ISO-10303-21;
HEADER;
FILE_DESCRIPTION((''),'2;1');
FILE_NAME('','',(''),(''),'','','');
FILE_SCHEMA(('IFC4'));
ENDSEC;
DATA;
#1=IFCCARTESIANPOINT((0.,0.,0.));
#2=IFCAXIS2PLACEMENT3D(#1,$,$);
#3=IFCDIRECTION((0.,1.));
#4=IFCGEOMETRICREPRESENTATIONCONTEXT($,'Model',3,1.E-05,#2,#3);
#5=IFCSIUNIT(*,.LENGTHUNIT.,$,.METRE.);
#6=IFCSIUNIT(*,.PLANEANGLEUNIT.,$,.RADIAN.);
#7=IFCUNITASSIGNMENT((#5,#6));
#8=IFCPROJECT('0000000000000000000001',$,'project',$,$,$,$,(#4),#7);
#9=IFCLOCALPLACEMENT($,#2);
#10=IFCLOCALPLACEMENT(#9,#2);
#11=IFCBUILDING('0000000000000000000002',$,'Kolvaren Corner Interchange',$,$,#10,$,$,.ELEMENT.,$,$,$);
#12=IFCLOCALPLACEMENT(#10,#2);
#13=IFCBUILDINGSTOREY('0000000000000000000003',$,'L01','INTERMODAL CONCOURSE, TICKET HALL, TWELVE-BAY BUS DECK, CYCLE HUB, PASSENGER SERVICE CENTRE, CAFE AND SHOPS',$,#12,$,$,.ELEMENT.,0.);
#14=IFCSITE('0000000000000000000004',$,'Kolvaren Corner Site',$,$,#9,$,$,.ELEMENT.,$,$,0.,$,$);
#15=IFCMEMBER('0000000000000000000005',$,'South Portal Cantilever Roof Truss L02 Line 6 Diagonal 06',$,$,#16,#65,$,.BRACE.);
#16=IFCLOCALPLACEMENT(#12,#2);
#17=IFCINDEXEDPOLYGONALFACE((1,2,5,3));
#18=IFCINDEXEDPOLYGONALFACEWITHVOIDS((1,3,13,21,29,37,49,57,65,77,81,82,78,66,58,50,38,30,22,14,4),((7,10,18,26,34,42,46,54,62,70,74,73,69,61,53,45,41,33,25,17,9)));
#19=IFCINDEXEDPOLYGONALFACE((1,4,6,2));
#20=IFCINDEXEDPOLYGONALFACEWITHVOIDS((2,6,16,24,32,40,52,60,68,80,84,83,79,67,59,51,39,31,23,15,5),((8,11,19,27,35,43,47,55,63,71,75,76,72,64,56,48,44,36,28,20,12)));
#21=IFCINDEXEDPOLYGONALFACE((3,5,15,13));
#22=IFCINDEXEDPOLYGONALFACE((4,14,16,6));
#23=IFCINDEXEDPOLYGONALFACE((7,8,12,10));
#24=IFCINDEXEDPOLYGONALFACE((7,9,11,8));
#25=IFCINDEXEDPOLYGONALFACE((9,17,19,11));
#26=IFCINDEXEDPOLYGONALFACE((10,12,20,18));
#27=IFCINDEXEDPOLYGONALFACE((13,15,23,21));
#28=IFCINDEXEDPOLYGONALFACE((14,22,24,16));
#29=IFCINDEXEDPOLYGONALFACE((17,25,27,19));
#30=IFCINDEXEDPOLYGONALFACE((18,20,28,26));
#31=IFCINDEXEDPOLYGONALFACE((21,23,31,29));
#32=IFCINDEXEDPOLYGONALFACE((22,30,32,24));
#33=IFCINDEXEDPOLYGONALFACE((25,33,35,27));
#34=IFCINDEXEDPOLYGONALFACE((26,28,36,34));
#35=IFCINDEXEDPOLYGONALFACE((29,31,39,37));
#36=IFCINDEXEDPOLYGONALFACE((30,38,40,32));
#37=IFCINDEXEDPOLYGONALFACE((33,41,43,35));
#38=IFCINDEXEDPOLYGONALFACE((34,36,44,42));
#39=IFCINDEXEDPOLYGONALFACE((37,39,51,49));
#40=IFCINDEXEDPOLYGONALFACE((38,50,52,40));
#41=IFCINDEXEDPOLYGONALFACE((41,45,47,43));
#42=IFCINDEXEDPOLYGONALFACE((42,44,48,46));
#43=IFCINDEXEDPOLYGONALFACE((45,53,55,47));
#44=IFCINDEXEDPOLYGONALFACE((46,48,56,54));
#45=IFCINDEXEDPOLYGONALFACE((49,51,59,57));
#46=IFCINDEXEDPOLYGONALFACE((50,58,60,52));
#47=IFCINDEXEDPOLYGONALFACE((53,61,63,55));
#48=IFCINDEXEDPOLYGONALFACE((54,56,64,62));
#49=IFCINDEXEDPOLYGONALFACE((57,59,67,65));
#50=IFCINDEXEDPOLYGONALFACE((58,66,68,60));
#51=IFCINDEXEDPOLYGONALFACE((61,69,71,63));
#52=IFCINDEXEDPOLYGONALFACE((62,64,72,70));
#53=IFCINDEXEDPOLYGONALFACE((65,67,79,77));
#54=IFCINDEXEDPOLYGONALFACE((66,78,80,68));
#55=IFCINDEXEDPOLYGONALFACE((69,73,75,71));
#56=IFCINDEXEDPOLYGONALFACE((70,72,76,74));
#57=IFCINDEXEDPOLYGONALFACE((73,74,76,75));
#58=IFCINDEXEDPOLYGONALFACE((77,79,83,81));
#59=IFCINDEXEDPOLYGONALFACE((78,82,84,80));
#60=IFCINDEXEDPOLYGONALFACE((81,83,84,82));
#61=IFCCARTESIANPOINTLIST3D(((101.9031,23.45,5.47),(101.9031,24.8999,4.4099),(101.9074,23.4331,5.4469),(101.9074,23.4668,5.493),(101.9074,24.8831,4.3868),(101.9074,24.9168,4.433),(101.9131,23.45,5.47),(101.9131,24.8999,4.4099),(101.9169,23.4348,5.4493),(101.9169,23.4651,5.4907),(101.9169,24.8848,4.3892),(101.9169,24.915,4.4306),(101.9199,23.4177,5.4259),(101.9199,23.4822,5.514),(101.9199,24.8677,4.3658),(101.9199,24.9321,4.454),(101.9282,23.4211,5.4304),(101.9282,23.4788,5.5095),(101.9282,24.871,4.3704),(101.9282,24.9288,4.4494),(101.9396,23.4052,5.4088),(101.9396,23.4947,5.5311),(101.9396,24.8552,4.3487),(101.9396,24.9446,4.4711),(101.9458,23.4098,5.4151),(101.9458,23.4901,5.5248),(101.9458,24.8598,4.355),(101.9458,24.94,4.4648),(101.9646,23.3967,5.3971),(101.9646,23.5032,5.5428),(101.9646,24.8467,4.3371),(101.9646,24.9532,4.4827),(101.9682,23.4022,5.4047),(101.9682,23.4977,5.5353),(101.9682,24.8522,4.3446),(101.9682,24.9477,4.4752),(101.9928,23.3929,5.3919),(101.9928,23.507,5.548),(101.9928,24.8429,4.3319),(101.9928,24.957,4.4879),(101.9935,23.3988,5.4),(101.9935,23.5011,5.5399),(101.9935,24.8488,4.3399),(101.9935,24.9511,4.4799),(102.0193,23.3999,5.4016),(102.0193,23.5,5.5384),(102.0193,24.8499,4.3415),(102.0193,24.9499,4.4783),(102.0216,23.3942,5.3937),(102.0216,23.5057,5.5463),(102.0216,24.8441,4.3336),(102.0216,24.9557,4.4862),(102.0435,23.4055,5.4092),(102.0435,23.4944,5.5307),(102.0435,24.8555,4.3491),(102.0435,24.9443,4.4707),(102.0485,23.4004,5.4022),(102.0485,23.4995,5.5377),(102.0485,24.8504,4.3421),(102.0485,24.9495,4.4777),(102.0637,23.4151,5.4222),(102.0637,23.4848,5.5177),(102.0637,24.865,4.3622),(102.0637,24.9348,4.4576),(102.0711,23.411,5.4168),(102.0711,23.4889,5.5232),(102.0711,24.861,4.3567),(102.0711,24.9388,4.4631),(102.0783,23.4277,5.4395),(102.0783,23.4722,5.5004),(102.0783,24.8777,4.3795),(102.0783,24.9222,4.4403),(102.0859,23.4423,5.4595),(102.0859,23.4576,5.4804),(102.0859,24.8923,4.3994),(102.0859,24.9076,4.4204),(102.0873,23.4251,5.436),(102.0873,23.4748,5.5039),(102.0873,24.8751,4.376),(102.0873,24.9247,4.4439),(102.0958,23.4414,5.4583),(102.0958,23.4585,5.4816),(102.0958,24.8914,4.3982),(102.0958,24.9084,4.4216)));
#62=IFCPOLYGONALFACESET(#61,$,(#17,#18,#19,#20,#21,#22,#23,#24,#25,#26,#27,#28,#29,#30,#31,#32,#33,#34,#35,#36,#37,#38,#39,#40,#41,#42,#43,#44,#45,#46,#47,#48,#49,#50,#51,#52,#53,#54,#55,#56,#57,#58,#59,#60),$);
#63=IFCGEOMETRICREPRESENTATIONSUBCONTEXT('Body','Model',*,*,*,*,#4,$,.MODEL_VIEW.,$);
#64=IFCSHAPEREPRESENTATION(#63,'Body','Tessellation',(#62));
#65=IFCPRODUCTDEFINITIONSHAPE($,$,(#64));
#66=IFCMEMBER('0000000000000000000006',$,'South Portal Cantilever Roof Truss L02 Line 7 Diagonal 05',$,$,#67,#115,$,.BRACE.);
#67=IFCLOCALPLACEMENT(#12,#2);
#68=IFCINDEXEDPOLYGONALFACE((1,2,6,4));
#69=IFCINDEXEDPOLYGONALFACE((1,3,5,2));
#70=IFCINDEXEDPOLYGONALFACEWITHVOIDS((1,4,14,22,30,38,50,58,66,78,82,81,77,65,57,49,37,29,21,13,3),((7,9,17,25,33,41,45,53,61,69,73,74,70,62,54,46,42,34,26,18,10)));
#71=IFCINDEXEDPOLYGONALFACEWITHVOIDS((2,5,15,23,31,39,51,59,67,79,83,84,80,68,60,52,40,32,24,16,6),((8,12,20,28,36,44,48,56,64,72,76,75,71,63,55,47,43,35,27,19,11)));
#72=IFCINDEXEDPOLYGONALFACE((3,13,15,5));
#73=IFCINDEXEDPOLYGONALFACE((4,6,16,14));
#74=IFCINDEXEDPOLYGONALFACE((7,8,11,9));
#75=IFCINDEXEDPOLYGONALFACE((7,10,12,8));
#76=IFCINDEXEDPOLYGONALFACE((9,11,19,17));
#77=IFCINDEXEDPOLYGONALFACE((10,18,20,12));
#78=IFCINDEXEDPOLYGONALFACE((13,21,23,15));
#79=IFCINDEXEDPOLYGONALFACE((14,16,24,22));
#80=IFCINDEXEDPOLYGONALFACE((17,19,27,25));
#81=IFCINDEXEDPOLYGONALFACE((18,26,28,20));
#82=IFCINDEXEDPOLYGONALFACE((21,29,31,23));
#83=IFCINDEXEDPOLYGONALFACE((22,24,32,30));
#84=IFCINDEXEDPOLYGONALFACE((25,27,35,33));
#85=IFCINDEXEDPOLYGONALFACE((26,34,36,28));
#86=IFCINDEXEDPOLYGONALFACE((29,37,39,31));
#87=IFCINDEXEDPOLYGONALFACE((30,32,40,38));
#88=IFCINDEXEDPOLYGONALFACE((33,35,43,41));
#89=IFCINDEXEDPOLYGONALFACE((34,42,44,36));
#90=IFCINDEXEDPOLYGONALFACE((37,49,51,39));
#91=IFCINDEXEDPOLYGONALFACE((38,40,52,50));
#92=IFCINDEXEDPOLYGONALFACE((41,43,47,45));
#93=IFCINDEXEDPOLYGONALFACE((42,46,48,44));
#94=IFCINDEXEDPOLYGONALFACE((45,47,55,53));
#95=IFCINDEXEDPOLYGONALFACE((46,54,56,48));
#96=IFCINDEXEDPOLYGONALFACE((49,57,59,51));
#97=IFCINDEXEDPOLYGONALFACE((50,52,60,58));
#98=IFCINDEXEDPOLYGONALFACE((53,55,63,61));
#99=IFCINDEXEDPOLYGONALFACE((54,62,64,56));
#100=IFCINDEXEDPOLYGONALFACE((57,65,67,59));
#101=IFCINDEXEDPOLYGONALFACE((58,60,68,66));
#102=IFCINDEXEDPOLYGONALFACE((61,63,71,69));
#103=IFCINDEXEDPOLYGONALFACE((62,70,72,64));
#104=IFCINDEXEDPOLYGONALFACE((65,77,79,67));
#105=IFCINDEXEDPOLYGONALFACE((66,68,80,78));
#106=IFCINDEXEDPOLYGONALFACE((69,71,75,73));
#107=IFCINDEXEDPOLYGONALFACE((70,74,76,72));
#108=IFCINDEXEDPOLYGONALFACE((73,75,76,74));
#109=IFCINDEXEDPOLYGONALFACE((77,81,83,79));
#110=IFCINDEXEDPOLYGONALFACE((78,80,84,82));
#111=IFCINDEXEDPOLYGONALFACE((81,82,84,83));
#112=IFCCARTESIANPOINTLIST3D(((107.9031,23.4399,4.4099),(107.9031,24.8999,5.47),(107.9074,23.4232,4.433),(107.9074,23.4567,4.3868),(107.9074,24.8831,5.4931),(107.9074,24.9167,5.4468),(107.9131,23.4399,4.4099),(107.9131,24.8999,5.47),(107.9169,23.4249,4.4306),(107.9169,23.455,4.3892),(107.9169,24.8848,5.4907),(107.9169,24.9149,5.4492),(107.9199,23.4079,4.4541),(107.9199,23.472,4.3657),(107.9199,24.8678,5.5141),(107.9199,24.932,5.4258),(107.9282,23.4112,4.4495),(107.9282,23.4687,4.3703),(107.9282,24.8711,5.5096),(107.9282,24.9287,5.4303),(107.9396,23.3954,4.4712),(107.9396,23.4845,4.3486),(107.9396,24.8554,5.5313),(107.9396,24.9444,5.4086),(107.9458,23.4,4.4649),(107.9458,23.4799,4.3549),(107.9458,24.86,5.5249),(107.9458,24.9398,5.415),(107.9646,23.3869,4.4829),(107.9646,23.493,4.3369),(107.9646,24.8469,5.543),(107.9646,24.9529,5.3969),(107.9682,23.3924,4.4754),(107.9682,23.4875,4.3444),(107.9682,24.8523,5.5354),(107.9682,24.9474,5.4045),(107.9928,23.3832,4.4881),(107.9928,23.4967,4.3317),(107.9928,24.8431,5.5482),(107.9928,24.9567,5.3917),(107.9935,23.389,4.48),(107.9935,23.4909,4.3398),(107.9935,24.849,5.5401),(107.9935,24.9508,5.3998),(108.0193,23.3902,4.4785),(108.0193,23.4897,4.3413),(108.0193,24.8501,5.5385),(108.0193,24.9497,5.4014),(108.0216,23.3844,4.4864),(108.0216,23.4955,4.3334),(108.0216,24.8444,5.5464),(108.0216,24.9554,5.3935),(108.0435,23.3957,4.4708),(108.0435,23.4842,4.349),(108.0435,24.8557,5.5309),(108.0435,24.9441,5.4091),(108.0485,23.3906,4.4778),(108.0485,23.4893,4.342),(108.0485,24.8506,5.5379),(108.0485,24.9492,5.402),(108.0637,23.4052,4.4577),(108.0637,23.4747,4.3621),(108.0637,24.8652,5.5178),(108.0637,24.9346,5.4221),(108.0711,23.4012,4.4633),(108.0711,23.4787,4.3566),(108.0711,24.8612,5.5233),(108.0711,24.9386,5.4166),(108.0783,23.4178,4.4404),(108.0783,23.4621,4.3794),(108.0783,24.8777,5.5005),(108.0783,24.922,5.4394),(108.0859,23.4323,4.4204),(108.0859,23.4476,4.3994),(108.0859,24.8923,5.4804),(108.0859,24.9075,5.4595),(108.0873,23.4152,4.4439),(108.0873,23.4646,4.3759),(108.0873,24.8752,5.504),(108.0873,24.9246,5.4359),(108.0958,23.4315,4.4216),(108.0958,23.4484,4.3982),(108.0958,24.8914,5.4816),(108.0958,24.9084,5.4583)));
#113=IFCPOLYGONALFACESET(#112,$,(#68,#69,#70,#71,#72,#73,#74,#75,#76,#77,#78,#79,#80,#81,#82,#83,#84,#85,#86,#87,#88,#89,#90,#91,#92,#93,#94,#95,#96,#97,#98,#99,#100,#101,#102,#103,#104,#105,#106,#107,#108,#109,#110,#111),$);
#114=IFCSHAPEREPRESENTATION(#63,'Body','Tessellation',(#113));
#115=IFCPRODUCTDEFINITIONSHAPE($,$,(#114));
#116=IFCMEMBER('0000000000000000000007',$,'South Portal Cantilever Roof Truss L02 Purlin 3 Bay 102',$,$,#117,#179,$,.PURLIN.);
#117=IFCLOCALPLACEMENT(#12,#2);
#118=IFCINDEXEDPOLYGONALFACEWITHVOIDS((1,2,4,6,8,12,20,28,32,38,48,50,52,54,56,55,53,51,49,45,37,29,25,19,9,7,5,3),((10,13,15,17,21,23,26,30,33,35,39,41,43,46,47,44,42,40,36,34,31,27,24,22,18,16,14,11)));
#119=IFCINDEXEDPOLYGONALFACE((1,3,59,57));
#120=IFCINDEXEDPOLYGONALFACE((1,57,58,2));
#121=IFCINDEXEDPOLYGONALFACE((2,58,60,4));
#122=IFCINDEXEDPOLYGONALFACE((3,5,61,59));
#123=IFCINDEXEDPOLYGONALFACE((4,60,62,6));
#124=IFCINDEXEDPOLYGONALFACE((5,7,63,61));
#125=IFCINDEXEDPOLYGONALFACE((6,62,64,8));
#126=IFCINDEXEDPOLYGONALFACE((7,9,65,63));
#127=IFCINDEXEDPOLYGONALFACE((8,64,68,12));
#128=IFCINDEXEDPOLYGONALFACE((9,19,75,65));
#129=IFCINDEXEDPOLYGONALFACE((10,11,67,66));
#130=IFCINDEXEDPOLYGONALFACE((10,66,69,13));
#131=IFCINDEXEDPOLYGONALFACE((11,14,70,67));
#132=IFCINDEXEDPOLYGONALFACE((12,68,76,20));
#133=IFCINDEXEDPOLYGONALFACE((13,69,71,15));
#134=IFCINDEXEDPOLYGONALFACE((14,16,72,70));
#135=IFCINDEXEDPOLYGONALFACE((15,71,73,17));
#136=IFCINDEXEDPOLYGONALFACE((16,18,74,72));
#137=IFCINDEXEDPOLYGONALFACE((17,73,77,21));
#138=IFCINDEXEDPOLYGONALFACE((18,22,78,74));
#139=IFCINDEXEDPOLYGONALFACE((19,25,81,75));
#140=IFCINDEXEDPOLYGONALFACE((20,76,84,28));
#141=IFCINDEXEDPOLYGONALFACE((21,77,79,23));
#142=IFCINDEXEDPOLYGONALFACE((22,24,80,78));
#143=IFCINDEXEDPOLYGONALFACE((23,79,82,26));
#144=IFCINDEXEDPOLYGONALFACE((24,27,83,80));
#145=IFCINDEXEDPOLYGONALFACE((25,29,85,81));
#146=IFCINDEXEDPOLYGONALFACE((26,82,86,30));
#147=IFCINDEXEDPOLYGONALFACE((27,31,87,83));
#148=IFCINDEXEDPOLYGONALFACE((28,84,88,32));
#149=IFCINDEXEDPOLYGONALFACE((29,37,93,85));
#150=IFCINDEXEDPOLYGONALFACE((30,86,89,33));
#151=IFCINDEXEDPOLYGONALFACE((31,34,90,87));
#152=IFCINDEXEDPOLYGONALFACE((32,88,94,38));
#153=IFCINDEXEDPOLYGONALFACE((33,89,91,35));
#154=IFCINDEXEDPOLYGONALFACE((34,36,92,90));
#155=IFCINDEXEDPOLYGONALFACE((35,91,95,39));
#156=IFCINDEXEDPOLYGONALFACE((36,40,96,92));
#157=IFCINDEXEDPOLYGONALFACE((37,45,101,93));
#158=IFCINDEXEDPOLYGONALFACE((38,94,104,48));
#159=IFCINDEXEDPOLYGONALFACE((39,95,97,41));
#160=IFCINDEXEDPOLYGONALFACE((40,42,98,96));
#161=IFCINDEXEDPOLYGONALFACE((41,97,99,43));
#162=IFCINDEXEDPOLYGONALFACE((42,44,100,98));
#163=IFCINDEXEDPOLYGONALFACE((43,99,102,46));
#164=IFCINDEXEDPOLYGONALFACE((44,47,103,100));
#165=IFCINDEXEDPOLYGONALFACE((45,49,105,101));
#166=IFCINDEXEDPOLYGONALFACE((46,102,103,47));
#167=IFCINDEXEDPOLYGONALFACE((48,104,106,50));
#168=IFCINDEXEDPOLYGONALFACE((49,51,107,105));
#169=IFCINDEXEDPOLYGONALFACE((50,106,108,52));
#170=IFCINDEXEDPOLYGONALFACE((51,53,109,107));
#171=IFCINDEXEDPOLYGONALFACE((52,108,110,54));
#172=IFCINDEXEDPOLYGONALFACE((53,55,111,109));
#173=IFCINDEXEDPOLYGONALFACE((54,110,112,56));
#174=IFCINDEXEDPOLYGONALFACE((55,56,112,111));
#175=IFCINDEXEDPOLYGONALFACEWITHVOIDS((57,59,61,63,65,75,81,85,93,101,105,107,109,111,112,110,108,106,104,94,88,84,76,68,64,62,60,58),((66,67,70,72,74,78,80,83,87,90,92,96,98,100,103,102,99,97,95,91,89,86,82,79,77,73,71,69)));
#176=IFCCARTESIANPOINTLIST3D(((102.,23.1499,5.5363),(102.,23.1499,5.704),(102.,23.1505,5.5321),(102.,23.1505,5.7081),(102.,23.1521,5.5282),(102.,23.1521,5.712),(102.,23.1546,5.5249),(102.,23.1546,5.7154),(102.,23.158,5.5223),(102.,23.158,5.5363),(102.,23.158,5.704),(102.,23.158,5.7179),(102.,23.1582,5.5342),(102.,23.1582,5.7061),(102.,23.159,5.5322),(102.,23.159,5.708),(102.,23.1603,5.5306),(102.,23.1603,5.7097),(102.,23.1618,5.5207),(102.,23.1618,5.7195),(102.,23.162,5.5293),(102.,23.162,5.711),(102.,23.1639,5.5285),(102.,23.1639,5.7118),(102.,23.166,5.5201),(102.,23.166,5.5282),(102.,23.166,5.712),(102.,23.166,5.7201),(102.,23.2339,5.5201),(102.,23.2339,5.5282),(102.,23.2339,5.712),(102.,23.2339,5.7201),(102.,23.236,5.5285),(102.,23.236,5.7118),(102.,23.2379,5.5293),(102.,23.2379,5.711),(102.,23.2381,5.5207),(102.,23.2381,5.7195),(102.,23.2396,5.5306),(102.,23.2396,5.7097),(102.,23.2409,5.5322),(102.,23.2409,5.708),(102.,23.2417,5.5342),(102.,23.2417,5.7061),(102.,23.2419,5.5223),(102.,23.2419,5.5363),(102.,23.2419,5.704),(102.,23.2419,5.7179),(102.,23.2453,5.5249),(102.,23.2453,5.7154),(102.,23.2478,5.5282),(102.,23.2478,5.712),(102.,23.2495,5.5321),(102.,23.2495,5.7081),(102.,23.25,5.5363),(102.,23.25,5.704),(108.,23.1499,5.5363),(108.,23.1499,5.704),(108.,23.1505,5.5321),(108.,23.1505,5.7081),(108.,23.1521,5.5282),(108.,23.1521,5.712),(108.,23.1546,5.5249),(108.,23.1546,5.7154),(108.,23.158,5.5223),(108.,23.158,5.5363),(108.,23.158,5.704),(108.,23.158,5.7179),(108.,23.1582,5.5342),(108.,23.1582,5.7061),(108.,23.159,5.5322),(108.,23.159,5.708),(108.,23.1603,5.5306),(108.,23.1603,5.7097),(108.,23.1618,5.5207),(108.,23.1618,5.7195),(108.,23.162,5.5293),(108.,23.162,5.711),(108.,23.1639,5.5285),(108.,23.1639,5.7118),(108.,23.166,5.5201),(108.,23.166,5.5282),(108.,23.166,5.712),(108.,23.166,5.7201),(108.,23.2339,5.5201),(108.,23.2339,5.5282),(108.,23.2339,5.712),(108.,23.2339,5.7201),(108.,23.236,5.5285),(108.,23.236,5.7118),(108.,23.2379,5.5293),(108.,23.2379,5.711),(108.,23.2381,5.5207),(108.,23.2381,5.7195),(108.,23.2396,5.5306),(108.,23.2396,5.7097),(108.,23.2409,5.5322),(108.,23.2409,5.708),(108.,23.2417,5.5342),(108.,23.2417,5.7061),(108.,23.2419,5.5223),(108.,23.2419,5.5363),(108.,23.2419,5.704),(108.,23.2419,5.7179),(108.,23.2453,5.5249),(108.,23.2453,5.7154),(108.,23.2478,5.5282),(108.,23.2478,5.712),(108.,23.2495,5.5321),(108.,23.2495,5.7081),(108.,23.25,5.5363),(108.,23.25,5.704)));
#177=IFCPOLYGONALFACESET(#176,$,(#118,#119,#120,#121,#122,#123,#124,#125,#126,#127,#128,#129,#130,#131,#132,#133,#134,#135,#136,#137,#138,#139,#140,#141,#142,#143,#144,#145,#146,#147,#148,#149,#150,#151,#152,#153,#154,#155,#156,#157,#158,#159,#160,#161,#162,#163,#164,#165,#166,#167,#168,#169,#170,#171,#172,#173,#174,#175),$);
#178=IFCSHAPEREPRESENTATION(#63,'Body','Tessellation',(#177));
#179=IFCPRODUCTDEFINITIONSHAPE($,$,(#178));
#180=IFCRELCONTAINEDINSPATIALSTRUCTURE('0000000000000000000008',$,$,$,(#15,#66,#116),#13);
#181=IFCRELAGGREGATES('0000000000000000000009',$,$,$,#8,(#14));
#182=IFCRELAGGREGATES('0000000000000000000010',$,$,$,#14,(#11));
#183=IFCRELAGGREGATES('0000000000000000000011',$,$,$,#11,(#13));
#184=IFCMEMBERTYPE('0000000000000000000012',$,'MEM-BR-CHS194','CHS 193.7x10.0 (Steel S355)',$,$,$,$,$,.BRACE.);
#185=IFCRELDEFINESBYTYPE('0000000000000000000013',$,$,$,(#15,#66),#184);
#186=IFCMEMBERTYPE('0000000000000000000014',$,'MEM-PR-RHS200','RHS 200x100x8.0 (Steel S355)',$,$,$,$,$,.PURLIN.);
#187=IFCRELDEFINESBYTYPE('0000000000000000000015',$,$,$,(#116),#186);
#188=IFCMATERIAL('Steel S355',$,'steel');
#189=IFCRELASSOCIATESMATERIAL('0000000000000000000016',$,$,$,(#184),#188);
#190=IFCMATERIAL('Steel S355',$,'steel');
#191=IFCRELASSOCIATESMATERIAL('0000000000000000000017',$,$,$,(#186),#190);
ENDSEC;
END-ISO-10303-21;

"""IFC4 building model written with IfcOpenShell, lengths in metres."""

from ifc_helpers import new_model, si_unit, direction, frame, origin, origin_2d, place, context, subcontext, project, spatial, hollow_rectangle, hollow_circle, extrude, material, material_profile, profile_set, type_object, element, save


model = new_model("IFC4")

# Units and contexts
model_context = context("Model", 3, precision=1e-05, world=origin(), true_north=direction((0.0, 1.0)))
body_context = subcontext(model_context, "Body", "Model", "MODEL_VIEW")
ifc_project = project(units=[si_unit("LENGTHUNIT", "METRE"), si_unit("PLANEANGLEUNIT", "RADIAN")], contexts=[model_context])

# Site, building, storey
site_placement = place(None, origin())
site = spatial("IfcSite", under=ifc_project, at=site_placement, Name="Kolvaren Corner Site", CompositionType="ELEMENT", RefElevation=0.0)
building_placement = place(site_placement, origin())
building = spatial("IfcBuilding", under=site, at=building_placement, Name="Kolvaren Corner Interchange", CompositionType="ELEMENT")
storey_placement = place(building_placement, origin())
storey = spatial("IfcBuildingStorey", under=building, at=storey_placement, Name="L01", Description="INTERMODAL CONCOURSE, TICKET HALL, TWELVE-BAY BUS DECK, CYCLE HUB, PASSENGER SERVICE CENTRE, CAFE AND SHOPS", CompositionType="ELEMENT", Elevation=0.0)

# Members
ifc_material_1 = material(Name="Steel S355", Category="steel")
ifc_material_profile_1 = material_profile(ifc_material_1, hollow_circle(Radius=0.0969, WallThickness=0.01, at=origin_2d()), Name="CHS 193.7x10.0")
ifc_profile_set_1 = profile_set([ifc_material_profile_1], Name="Steel S355")
member_type_1 = type_object("IfcMemberType", Name="MEM-BR-CHS194", Description="CHS 193.7x10.0 (Steel S355)", PredefinedType="BRACE", material=ifc_profile_set_1)
member_1_placement = place(storey_placement, frame((102.0, 23.45, 5.47), z_axis=(0.0, 0.807264, -0.59019), x_axis=(-1.0, 0.0, 0.0)))
element("IfcMember", 1, at=member_1_placement, inside=storey, type_object=member_type_1, Name="South Portal Cantilever Roof Truss L02 Line 6 Diagonal 06", PredefinedType="BRACE", context=body_context, shape_type="SweptSolid", body=[
    extrude(hollow_circle(Radius=0.0969, WallThickness=0.01, at=origin_2d()), origin(), (0.0, 0.0, 1.0), 1.7961),
])
member_2_placement = place(storey_placement, frame((108.0, 23.4399, 4.4099), z_axis=(0.0, 0.809192, 0.587544), x_axis=(-1.0, 0.0, 0.0)))
element("IfcMember", 2, at=member_2_placement, inside=storey, type_object=member_type_1, Name="South Portal Cantilever Roof Truss L02 Line 7 Diagonal 05", PredefinedType="BRACE", context=body_context, shape_type="SweptSolid", body=[
    extrude(hollow_circle(Radius=0.0969, WallThickness=0.01, at=origin_2d()), origin(), (0.0, 0.0, 1.0), 1.8042),
])
ifc_material_2 = material(Name="Steel S355", Category="steel")
ifc_material_profile_2 = material_profile(ifc_material_2, hollow_rectangle(XDim=0.1001, YDim=0.2, WallThickness=0.0081, InnerFilletRadius=0.0081, OuterFilletRadius=0.0161, at=origin_2d()), Name="RHS 200x100x8.0")
ifc_profile_set_2 = profile_set([ifc_material_profile_2], Name="Steel S355")
member_type_2 = type_object("IfcMemberType", Name="MEM-PR-RHS200", Description="RHS 200x100x8.0 (Steel S355)", PredefinedType="PURLIN", material=ifc_profile_set_2)
member_3_placement = place(storey_placement, frame((102.0, 23.2, 5.6201), z_axis=(1.0, 0.0, 0.0), x_axis=(0.0, 1.0, 0.0)))
element("IfcMember", 3, at=member_3_placement, inside=storey, type_object=member_type_2, Name="South Portal Cantilever Roof Truss L02 Purlin 3 Bay 102", PredefinedType="PURLIN", context=body_context, shape_type="SweptSolid", body=[
    extrude(hollow_rectangle(XDim=0.1001, YDim=0.2, WallThickness=0.0081, InnerFilletRadius=0.0081, OuterFilletRadius=0.0161, at=origin_2d()), origin(), (0.0, 0.0, 1.0), 6.0),
])

save(model, "model.ifc")
